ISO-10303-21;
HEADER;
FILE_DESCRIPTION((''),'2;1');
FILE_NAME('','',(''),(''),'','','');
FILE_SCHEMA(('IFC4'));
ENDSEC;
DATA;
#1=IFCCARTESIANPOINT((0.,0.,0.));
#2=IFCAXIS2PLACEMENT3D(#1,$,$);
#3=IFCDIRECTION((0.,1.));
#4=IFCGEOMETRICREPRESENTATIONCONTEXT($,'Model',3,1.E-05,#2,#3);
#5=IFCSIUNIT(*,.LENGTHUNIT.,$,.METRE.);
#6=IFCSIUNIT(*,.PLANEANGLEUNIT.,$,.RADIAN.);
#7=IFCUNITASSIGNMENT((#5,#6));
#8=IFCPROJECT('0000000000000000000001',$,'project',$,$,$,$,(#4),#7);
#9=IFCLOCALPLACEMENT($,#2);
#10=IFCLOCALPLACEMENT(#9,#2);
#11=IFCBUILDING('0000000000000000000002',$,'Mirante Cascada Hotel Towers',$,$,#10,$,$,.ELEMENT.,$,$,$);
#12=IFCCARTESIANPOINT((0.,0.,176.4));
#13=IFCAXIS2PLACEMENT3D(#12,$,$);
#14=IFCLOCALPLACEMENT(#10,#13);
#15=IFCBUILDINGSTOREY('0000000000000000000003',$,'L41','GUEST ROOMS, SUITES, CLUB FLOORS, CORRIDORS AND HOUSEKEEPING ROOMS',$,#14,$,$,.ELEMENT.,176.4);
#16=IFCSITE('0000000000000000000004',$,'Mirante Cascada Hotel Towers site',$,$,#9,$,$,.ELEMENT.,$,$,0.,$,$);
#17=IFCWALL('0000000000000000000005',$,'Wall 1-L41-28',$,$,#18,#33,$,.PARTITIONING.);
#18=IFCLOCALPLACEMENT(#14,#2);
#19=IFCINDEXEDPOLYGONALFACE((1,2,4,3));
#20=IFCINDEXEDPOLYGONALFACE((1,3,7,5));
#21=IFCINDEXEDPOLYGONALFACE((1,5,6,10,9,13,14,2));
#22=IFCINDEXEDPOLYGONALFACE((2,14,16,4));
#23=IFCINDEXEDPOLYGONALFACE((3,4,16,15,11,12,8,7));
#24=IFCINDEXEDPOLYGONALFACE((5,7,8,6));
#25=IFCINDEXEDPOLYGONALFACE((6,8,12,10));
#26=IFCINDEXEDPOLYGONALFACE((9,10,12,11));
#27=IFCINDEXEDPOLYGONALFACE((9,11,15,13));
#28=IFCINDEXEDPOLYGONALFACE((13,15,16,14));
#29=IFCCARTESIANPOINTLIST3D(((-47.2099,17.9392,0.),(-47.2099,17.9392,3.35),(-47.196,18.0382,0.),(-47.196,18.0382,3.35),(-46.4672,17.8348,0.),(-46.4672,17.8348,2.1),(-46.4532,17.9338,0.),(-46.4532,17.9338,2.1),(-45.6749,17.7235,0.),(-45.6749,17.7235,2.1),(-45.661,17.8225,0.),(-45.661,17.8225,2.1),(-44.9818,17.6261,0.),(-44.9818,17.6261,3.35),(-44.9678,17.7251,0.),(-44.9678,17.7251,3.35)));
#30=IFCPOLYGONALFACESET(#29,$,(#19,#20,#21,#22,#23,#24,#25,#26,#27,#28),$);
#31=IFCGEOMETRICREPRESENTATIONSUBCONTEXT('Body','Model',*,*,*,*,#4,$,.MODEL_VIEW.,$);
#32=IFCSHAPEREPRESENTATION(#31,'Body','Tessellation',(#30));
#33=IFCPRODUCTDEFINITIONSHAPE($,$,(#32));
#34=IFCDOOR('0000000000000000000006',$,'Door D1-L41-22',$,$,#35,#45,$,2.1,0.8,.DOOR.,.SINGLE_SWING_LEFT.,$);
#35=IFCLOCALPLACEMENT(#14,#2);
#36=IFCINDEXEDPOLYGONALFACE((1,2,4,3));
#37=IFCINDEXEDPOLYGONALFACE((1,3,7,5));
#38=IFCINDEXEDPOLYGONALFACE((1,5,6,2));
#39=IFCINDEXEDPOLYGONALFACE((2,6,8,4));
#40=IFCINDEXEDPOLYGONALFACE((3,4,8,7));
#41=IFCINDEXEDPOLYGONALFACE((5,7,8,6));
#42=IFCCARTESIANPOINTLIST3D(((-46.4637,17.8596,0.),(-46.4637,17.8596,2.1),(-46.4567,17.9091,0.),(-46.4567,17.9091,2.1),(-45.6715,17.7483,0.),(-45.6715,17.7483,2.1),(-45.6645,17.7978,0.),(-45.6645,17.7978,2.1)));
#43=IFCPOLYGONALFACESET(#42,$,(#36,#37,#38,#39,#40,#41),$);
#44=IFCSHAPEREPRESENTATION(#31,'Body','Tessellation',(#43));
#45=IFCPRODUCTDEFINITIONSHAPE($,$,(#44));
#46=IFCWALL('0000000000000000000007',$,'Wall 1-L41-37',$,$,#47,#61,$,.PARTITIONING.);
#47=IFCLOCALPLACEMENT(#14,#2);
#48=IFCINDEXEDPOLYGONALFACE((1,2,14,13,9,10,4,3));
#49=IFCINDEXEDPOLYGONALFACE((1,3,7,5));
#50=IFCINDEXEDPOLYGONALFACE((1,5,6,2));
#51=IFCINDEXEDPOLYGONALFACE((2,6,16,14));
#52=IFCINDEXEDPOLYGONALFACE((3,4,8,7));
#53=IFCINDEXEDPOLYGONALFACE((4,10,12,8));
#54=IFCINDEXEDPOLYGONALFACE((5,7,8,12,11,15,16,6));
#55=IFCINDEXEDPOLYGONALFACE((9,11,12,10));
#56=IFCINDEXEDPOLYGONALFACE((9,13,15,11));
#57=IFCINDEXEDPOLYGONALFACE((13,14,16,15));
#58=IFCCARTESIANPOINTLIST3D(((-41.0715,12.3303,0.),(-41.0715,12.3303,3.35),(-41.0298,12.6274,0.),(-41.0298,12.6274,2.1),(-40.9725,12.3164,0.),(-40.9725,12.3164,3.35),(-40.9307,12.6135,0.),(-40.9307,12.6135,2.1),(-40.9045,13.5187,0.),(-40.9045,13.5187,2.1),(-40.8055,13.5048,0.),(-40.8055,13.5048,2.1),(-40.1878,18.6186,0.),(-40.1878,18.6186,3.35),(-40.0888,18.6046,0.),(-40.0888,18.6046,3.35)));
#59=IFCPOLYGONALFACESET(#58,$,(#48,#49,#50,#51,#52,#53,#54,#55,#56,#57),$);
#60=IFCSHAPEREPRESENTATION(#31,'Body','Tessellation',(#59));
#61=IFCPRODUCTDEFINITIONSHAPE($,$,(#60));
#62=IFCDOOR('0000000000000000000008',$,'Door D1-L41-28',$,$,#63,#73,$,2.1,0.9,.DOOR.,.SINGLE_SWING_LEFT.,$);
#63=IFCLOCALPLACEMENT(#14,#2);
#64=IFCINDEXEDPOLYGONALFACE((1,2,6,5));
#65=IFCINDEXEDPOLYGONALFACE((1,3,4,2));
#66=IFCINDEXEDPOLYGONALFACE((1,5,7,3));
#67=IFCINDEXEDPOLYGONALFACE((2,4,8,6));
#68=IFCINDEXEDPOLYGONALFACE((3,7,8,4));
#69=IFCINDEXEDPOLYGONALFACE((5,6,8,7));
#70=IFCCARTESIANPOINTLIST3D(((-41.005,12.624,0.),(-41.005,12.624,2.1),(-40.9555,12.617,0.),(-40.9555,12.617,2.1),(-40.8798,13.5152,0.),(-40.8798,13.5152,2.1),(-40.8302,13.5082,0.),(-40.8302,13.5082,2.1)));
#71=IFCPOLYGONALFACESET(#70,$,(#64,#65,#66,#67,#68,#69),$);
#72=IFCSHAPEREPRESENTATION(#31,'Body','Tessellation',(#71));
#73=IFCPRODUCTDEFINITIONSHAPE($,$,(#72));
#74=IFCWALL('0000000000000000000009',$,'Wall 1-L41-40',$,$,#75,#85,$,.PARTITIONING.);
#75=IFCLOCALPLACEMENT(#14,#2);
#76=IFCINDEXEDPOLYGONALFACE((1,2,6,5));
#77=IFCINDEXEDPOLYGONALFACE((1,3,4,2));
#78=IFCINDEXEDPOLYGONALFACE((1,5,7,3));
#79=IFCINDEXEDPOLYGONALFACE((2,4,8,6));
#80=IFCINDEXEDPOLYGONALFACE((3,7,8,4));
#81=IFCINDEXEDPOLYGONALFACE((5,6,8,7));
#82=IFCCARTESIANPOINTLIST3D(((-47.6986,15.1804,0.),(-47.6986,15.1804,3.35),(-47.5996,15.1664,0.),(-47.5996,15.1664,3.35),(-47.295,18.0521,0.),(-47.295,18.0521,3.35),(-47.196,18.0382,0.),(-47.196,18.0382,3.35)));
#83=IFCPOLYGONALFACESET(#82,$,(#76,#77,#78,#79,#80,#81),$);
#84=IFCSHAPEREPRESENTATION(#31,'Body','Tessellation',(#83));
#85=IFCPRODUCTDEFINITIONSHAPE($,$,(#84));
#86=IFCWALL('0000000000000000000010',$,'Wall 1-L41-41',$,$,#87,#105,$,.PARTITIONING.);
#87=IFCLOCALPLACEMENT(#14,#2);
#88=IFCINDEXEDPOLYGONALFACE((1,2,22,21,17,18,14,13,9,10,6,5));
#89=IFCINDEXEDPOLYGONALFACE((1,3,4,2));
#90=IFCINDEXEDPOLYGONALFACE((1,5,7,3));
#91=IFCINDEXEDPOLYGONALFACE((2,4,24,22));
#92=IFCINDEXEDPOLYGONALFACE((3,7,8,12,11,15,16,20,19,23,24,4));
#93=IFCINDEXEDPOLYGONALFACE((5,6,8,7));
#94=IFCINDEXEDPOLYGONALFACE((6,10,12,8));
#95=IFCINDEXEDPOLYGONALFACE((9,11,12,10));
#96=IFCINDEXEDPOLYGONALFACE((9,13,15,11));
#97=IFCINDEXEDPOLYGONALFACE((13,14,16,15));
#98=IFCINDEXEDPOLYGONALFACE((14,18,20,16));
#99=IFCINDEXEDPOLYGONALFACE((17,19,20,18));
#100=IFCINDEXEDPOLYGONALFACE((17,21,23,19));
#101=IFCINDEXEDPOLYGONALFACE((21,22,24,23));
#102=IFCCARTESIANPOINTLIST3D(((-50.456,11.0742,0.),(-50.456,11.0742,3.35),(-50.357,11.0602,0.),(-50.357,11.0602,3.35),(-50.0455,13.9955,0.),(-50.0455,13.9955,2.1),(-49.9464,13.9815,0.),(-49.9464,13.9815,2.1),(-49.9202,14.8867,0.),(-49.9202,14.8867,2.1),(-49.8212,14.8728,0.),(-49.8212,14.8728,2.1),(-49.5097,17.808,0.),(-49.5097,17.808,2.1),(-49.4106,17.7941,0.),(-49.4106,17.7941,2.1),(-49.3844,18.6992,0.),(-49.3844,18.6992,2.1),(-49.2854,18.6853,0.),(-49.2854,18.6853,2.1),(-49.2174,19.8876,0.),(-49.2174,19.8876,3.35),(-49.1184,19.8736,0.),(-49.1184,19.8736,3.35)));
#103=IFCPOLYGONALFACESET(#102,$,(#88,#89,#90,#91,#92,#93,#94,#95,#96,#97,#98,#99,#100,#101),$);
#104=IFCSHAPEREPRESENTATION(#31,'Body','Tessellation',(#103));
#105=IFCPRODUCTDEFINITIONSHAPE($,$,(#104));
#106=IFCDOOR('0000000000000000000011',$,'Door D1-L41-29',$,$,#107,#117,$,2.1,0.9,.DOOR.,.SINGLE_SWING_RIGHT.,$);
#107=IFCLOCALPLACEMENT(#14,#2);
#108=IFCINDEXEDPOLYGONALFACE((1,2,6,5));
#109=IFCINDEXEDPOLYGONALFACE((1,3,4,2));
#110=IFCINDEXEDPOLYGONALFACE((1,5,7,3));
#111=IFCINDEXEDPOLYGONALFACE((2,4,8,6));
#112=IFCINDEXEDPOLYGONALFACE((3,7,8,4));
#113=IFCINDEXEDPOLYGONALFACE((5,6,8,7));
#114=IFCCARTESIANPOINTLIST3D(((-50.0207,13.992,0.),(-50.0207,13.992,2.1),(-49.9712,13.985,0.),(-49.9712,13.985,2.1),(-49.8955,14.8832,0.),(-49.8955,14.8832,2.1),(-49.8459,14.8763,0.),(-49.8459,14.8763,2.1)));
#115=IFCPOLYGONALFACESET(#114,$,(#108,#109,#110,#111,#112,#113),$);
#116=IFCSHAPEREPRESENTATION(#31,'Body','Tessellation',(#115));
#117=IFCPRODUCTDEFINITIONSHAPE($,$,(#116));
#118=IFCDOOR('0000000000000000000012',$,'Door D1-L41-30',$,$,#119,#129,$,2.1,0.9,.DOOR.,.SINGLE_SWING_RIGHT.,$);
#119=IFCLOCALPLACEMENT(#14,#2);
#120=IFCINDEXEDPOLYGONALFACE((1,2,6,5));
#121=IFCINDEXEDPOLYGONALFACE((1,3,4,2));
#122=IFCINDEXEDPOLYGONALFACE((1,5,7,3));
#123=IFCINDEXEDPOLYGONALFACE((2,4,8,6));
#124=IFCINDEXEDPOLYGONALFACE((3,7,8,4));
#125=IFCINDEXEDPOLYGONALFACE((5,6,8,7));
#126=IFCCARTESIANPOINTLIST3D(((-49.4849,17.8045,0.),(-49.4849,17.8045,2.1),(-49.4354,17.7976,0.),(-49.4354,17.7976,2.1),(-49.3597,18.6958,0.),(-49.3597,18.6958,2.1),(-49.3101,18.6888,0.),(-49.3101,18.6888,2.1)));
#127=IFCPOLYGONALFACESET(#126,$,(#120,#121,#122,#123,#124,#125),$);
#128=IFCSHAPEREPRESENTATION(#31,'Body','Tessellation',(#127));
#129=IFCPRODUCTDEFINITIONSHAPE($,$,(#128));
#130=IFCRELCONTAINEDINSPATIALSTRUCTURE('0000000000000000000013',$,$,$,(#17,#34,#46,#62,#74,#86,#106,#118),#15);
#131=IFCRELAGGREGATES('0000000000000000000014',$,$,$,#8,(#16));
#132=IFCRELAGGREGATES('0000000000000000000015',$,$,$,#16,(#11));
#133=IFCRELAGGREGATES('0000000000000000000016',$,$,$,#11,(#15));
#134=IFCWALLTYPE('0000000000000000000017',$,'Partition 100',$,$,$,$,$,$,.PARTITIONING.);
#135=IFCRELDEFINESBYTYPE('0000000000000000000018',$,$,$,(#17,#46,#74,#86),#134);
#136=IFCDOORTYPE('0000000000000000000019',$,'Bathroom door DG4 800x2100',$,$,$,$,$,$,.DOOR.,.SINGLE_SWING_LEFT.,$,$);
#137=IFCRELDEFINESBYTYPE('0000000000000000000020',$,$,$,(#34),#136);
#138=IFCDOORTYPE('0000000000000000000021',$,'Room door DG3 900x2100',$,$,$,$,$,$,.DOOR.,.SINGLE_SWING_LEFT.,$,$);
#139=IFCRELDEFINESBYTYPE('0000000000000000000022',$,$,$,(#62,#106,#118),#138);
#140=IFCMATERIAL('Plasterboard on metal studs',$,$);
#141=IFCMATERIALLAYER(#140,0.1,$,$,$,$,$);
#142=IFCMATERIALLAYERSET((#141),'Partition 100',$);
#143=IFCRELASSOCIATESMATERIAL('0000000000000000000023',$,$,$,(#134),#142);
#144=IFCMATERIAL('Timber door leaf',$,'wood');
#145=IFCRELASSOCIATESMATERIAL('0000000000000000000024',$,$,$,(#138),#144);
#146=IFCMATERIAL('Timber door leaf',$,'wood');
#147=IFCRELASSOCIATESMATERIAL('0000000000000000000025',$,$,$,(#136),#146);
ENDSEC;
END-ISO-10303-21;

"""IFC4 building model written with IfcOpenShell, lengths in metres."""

from ifc_helpers import new_model, si_unit, direction, frame, frame_2d, origin, place, context, subcontext, project, spatial, rectangle, extrude, material, layer, layer_set, type_object, element, fill, save


model = new_model("IFC4")

# Units and contexts
model_context = context("Model", 3, precision=1e-05, world=origin(), true_north=direction((0.0, 1.0)))
body_context = subcontext(model_context, "Body", "Model", "MODEL_VIEW")
ifc_project = project(units=[si_unit("LENGTHUNIT", "METRE"), si_unit("PLANEANGLEUNIT", "RADIAN")], contexts=[model_context])

# Site, building, storey
site_placement = place(None, origin())
site = spatial("IfcSite", under=ifc_project, at=site_placement, Name="Mirante Cascada Hotel Towers site", CompositionType="ELEMENT", RefElevation=0.0)
building_placement = place(site_placement, origin())
building = spatial("IfcBuilding", under=site, at=building_placement, Name="Mirante Cascada Hotel Towers", CompositionType="ELEMENT")
storey_placement = place(building_placement, frame((0.0, 0.0, 176.4)))
storey = spatial("IfcBuildingStorey", under=building, at=storey_placement, Name="L41", Description="GUEST ROOMS, SUITES, CLUB FLOORS, CORRIDORS AND HOUSEKEEPING ROOMS", CompositionType="ELEMENT", Elevation=176.4)

# Shared definitions
ifc_material_1 = material(Name="Plasterboard on metal studs")
ifc_layer_1 = layer(ifc_material_1, 0.1)
ifc_layer_set_1 = layer_set([ifc_layer_1], Name="Partition 100")
wall_type = type_object("IfcWallType", Name="Partition 100", PredefinedType="PARTITIONING", material=ifc_layer_set_1)
ifc_material_2 = material(Name="Timber door leaf", Category="wood")
door_type_1 = type_object("IfcDoorType", Name="Room door DG3 900x2100", OperationType="SINGLE_SWING_LEFT", PredefinedType="DOOR", material=ifc_material_2)

# Walls, openings, doors
wall_1_placement = place(storey_placement, frame((-44.9748, 17.6756, 0.0), z_axis=(0.0, 0.0, 1.0), x_axis=(-0.990271, 0.139156, 0.0)))
wall_1 = element("IfcWall", 1, at=wall_1_placement, inside=storey, type_object=wall_type, Name="Wall 1-L41-28", PredefinedType="PARTITIONING", context=body_context, shape_type="SweptSolid", body=[
    extrude(rectangle(XDim=2.25, YDim=0.1, at=frame_2d((1.125, 0.0))), origin(), (0.0, 0.0, 1.0), 3.35),
])
opening_1_placement = place(wall_1_placement, frame((0.7, 0.0, 0.0)))
opening_1 = element("IfcOpeningElement", 2, at=opening_1_placement, cuts=wall_1, PredefinedType="OPENING", context=body_context, shape_type="SweptSolid", body=[
    extrude(rectangle(XDim=0.8, YDim=2.1, at=frame_2d((0.4, 1.05))), frame((0.0, 0.05, 0.0), z_axis=(0.0, -1.0, 0.0), x_axis=(1.0, 0.0, 0.0)), (0.0, 0.0, 1.0), 0.1),
])
ifc_material_3 = material(Name="Timber door leaf", Category="wood")
door_type_2 = type_object("IfcDoorType", Name="Bathroom door DG4 800x2100", OperationType="SINGLE_SWING_LEFT", PredefinedType="DOOR", material=ifc_material_3)
door_1_placement = place(opening_1_placement, origin())
door_1 = element("IfcDoor", 3, at=door_1_placement, inside=storey, type_object=door_type_2, Name="Door D1-L41-22", OperationType="SINGLE_SWING_LEFT", OverallHeight=2.1, OverallWidth=0.8, PredefinedType="DOOR", context=body_context, shape_type="SweptSolid", body=[
    extrude(rectangle(XDim=0.8, YDim=2.1, at=frame_2d((0.4, 1.05))), frame((0.0, 0.025, 0.0), z_axis=(0.0, -1.0, 0.0), x_axis=(1.0, 0.0, 0.0)), (0.0, 0.0, 1.0), 0.05),
])
fill(opening_1, door_1)
wall_2_placement = place(storey_placement, frame((-40.1383, 18.6116, 0.0), z_axis=(0.0, 0.0, 1.0), x_axis=(-0.139166, -0.990269, 0.0)))
wall_2 = element("IfcWall", 4, at=wall_2_placement, inside=storey, type_object=wall_type, Name="Wall 1-L41-37", PredefinedType="PARTITIONING", context=body_context, shape_type="SweptSolid", body=[
    extrude(rectangle(XDim=6.35, YDim=0.1, at=frame_2d((3.175, 0.0))), origin(), (0.0, 0.0, 1.0), 3.35),
])
opening_2_placement = place(wall_2_placement, frame((5.15, 0.0, 0.0)))
opening_2 = element("IfcOpeningElement", 5, at=opening_2_placement, cuts=wall_2, PredefinedType="OPENING", context=body_context, shape_type="SweptSolid", body=[
    extrude(rectangle(XDim=0.9, YDim=2.1, at=frame_2d((0.45, 1.05))), frame((0.0, 0.05, 0.0), z_axis=(0.0, -1.0, 0.0), x_axis=(1.0, 0.0, 0.0)), (0.0, 0.0, 1.0), 0.1),
])
door_2_placement = place(opening_2_placement, origin())
door_2 = element("IfcDoor", 6, at=door_2_placement, inside=storey, type_object=door_type_1, Name="Door D1-L41-28", OperationType="SINGLE_SWING_LEFT", OverallHeight=2.1, OverallWidth=0.9, PredefinedType="DOOR", context=body_context, shape_type="SweptSolid", body=[
    extrude(rectangle(XDim=0.9, YDim=2.1, at=frame_2d((0.45, 1.05))), frame((0.0, 0.025, 0.0), z_axis=(0.0, -1.0, 0.0), x_axis=(1.0, 0.0, 0.0)), (0.0, 0.0, 1.0), 0.05),
])
fill(opening_2, door_2)

# Wall
wall_3_placement = place(storey_placement, frame((-47.6491, 15.1734, 0.0), z_axis=(0.0, 0.0, 1.0), x_axis=(0.139171, 0.990268, 0.0)))
element("IfcWall", 7, at=wall_3_placement, inside=storey, type_object=wall_type, Name="Wall 1-L41-40", PredefinedType="PARTITIONING", context=body_context, shape_type="SweptSolid", body=[
    extrude(rectangle(XDim=2.9, YDim=0.1, at=frame_2d((1.45, 0.0))), origin(), (0.0, 0.0, 1.0), 3.35),
])

# Wall, openings, doors
wall_4_placement = place(storey_placement, frame((-49.1679, 19.8806, 0.0), z_axis=(0.0, 0.0, 1.0), x_axis=(-0.139168, -0.990269, 0.0)))
wall_4 = element("IfcWall", 8, at=wall_4_placement, inside=storey, type_object=wall_type, Name="Wall 1-L41-41", PredefinedType="PARTITIONING", context=body_context, shape_type="SweptSolid", body=[
    extrude(rectangle(XDim=8.9, YDim=0.1, at=frame_2d((4.45, 0.0))), origin(), (0.0, 0.0, 1.0), 3.35),
])
opening_3_placement = place(wall_4_placement, frame((5.05, 0.0, 0.0)))
opening_3 = element("IfcOpeningElement", 9, at=opening_3_placement, cuts=wall_4, PredefinedType="OPENING", context=body_context, shape_type="SweptSolid", body=[
    extrude(rectangle(XDim=0.9, YDim=2.1, at=frame_2d((0.45, 1.05))), frame((0.0, 0.05, 0.0), z_axis=(0.0, -1.0, 0.0), x_axis=(1.0, 0.0, 0.0)), (0.0, 0.0, 1.0), 0.1),
])
opening_4_placement = place(wall_4_placement, frame((1.2, 0.0, 0.0)))
opening_4 = element("IfcOpeningElement", 10, at=opening_4_placement, cuts=wall_4, PredefinedType="OPENING", context=body_context, shape_type="SweptSolid", body=[
    extrude(rectangle(XDim=0.9, YDim=2.1, at=frame_2d((0.45, 1.05))), frame((0.0, 0.05, 0.0), z_axis=(0.0, -1.0, 0.0), x_axis=(1.0, 0.0, 0.0)), (0.0, 0.0, 1.0), 0.1),
])
door_3_placement = place(opening_3_placement, frame((0.9, 0.0, 0.0), z_axis=(0.0, 0.0, 1.0), x_axis=(-1.0, 0.0, 0.0)))
door_3 = element("IfcDoor", 11, at=door_3_placement, inside=storey, type_object=door_type_1, Name="Door D1-L41-29", OperationType="SINGLE_SWING_RIGHT", OverallHeight=2.1, OverallWidth=0.9, PredefinedType="DOOR", context=body_context, shape_type="SweptSolid", body=[
    extrude(rectangle(XDim=0.9, YDim=2.1, at=frame_2d((0.45, 1.05))), frame((0.0, 0.025, 0.0), z_axis=(0.0, -1.0, 0.0), x_axis=(1.0, 0.0, 0.0)), (0.0, 0.0, 1.0), 0.05),
])
fill(opening_3, door_3)
door_4_placement = place(opening_4_placement, frame((0.9, 0.0, 0.0), z_axis=(0.0, 0.0, 1.0), x_axis=(-1.0, 0.0, 0.0)))
door_4 = element("IfcDoor", 12, at=door_4_placement, inside=storey, type_object=door_type_1, Name="Door D1-L41-30", OperationType="SINGLE_SWING_RIGHT", OverallHeight=2.1, OverallWidth=0.9, PredefinedType="DOOR", context=body_context, shape_type="SweptSolid", body=[
    extrude(rectangle(XDim=0.9, YDim=2.1, at=frame_2d((0.45, 1.05))), frame((0.0, 0.025, 0.0), z_axis=(0.0, -1.0, 0.0), x_axis=(1.0, 0.0, 0.0)), (0.0, 0.0, 1.0), 0.05),
])
fill(opening_4, door_4)

save(model, "model.ifc")
